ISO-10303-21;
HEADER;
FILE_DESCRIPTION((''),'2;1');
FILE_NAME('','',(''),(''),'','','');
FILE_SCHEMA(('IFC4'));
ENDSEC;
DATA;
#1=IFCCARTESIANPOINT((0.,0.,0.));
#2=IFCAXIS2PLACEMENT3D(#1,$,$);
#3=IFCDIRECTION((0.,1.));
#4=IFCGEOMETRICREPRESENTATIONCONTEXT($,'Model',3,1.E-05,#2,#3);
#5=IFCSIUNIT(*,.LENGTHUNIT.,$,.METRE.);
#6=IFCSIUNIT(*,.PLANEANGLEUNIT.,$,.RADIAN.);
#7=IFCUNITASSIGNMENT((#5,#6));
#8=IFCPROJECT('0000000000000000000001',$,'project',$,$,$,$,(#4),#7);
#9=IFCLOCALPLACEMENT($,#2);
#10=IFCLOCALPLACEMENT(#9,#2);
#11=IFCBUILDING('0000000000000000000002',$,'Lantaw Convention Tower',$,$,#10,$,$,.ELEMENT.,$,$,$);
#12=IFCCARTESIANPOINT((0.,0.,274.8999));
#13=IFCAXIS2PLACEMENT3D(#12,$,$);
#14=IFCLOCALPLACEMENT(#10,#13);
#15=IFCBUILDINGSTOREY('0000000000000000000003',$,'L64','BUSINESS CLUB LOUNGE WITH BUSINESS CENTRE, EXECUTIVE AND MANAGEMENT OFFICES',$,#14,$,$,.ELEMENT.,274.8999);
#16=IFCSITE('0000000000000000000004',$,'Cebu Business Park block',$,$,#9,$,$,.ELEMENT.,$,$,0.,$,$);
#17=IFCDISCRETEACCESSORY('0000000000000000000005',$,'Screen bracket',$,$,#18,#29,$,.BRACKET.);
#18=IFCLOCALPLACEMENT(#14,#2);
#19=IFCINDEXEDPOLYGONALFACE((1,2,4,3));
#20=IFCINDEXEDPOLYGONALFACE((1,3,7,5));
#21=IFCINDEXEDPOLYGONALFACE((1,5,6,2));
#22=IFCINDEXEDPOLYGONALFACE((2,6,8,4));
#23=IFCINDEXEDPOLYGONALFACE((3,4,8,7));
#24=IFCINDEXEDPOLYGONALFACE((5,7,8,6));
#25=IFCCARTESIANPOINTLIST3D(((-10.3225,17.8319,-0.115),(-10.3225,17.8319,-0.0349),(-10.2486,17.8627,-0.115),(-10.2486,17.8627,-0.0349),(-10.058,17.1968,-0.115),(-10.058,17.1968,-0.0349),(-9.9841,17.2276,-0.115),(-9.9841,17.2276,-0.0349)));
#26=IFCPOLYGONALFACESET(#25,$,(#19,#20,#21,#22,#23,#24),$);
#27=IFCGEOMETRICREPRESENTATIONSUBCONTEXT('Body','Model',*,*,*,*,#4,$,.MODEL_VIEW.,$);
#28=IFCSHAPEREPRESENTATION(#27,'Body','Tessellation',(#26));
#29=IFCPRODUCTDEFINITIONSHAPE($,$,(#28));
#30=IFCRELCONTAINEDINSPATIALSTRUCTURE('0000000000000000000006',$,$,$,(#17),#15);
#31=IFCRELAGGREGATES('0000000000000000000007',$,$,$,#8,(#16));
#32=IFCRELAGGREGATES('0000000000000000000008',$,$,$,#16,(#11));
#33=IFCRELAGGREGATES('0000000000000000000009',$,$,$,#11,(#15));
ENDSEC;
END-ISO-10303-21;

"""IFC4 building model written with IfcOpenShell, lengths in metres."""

from ifc_helpers import new_model, si_unit, direction, frame, origin, origin_2d, place, context, subcontext, project, spatial, rectangle, extrude, element, save


model = new_model("IFC4")

# Units and contexts
model_context = context("Model", 3, precision=1e-05, world=origin(), true_north=direction((0.0, 1.0)))
body_context = subcontext(model_context, "Body", "Model", "MODEL_VIEW")
ifc_project = project(units=[si_unit("LENGTHUNIT", "METRE"), si_unit("PLANEANGLEUNIT", "RADIAN")], contexts=[model_context])

# Site, building, storey
site_placement = place(None, origin())
site = spatial("IfcSite", under=ifc_project, at=site_placement, Name="Cebu Business Park block", CompositionType="ELEMENT", RefElevation=0.0)
building_placement = place(site_placement, origin())
building = spatial("IfcBuilding", under=site, at=building_placement, Name="Lantaw Convention Tower", CompositionType="ELEMENT")
storey_placement = place(building_placement, frame((0.0, 0.0, 274.8999)))
storey = spatial("IfcBuildingStorey", under=building, at=storey_placement, Name="L64", Description="BUSINESS CLUB LOUNGE WITH BUSINESS CENTRE, EXECUTIVE AND MANAGEMENT OFFICES", CompositionType="ELEMENT", Elevation=274.8999)

# Discrete accessory
discrete_accessory_placement = place(storey_placement, frame((-10.1533, 17.5298, -0.115), z_axis=(0.0, 0.0, 1.0), x_axis=(-0.923142, -0.38446, 0.0)))
element("IfcDiscreteAccessory", 1, at=discrete_accessory_placement, inside=storey, Name="Screen bracket", PredefinedType="BRACKET", context=body_context, shape_type="SweptSolid", body=[
    extrude(rectangle(XDim=0.0801, YDim=0.688, at=origin_2d()), origin(), (0.0, 0.0, 1.0), 0.0801),
])

save(model, "model.ifc")
